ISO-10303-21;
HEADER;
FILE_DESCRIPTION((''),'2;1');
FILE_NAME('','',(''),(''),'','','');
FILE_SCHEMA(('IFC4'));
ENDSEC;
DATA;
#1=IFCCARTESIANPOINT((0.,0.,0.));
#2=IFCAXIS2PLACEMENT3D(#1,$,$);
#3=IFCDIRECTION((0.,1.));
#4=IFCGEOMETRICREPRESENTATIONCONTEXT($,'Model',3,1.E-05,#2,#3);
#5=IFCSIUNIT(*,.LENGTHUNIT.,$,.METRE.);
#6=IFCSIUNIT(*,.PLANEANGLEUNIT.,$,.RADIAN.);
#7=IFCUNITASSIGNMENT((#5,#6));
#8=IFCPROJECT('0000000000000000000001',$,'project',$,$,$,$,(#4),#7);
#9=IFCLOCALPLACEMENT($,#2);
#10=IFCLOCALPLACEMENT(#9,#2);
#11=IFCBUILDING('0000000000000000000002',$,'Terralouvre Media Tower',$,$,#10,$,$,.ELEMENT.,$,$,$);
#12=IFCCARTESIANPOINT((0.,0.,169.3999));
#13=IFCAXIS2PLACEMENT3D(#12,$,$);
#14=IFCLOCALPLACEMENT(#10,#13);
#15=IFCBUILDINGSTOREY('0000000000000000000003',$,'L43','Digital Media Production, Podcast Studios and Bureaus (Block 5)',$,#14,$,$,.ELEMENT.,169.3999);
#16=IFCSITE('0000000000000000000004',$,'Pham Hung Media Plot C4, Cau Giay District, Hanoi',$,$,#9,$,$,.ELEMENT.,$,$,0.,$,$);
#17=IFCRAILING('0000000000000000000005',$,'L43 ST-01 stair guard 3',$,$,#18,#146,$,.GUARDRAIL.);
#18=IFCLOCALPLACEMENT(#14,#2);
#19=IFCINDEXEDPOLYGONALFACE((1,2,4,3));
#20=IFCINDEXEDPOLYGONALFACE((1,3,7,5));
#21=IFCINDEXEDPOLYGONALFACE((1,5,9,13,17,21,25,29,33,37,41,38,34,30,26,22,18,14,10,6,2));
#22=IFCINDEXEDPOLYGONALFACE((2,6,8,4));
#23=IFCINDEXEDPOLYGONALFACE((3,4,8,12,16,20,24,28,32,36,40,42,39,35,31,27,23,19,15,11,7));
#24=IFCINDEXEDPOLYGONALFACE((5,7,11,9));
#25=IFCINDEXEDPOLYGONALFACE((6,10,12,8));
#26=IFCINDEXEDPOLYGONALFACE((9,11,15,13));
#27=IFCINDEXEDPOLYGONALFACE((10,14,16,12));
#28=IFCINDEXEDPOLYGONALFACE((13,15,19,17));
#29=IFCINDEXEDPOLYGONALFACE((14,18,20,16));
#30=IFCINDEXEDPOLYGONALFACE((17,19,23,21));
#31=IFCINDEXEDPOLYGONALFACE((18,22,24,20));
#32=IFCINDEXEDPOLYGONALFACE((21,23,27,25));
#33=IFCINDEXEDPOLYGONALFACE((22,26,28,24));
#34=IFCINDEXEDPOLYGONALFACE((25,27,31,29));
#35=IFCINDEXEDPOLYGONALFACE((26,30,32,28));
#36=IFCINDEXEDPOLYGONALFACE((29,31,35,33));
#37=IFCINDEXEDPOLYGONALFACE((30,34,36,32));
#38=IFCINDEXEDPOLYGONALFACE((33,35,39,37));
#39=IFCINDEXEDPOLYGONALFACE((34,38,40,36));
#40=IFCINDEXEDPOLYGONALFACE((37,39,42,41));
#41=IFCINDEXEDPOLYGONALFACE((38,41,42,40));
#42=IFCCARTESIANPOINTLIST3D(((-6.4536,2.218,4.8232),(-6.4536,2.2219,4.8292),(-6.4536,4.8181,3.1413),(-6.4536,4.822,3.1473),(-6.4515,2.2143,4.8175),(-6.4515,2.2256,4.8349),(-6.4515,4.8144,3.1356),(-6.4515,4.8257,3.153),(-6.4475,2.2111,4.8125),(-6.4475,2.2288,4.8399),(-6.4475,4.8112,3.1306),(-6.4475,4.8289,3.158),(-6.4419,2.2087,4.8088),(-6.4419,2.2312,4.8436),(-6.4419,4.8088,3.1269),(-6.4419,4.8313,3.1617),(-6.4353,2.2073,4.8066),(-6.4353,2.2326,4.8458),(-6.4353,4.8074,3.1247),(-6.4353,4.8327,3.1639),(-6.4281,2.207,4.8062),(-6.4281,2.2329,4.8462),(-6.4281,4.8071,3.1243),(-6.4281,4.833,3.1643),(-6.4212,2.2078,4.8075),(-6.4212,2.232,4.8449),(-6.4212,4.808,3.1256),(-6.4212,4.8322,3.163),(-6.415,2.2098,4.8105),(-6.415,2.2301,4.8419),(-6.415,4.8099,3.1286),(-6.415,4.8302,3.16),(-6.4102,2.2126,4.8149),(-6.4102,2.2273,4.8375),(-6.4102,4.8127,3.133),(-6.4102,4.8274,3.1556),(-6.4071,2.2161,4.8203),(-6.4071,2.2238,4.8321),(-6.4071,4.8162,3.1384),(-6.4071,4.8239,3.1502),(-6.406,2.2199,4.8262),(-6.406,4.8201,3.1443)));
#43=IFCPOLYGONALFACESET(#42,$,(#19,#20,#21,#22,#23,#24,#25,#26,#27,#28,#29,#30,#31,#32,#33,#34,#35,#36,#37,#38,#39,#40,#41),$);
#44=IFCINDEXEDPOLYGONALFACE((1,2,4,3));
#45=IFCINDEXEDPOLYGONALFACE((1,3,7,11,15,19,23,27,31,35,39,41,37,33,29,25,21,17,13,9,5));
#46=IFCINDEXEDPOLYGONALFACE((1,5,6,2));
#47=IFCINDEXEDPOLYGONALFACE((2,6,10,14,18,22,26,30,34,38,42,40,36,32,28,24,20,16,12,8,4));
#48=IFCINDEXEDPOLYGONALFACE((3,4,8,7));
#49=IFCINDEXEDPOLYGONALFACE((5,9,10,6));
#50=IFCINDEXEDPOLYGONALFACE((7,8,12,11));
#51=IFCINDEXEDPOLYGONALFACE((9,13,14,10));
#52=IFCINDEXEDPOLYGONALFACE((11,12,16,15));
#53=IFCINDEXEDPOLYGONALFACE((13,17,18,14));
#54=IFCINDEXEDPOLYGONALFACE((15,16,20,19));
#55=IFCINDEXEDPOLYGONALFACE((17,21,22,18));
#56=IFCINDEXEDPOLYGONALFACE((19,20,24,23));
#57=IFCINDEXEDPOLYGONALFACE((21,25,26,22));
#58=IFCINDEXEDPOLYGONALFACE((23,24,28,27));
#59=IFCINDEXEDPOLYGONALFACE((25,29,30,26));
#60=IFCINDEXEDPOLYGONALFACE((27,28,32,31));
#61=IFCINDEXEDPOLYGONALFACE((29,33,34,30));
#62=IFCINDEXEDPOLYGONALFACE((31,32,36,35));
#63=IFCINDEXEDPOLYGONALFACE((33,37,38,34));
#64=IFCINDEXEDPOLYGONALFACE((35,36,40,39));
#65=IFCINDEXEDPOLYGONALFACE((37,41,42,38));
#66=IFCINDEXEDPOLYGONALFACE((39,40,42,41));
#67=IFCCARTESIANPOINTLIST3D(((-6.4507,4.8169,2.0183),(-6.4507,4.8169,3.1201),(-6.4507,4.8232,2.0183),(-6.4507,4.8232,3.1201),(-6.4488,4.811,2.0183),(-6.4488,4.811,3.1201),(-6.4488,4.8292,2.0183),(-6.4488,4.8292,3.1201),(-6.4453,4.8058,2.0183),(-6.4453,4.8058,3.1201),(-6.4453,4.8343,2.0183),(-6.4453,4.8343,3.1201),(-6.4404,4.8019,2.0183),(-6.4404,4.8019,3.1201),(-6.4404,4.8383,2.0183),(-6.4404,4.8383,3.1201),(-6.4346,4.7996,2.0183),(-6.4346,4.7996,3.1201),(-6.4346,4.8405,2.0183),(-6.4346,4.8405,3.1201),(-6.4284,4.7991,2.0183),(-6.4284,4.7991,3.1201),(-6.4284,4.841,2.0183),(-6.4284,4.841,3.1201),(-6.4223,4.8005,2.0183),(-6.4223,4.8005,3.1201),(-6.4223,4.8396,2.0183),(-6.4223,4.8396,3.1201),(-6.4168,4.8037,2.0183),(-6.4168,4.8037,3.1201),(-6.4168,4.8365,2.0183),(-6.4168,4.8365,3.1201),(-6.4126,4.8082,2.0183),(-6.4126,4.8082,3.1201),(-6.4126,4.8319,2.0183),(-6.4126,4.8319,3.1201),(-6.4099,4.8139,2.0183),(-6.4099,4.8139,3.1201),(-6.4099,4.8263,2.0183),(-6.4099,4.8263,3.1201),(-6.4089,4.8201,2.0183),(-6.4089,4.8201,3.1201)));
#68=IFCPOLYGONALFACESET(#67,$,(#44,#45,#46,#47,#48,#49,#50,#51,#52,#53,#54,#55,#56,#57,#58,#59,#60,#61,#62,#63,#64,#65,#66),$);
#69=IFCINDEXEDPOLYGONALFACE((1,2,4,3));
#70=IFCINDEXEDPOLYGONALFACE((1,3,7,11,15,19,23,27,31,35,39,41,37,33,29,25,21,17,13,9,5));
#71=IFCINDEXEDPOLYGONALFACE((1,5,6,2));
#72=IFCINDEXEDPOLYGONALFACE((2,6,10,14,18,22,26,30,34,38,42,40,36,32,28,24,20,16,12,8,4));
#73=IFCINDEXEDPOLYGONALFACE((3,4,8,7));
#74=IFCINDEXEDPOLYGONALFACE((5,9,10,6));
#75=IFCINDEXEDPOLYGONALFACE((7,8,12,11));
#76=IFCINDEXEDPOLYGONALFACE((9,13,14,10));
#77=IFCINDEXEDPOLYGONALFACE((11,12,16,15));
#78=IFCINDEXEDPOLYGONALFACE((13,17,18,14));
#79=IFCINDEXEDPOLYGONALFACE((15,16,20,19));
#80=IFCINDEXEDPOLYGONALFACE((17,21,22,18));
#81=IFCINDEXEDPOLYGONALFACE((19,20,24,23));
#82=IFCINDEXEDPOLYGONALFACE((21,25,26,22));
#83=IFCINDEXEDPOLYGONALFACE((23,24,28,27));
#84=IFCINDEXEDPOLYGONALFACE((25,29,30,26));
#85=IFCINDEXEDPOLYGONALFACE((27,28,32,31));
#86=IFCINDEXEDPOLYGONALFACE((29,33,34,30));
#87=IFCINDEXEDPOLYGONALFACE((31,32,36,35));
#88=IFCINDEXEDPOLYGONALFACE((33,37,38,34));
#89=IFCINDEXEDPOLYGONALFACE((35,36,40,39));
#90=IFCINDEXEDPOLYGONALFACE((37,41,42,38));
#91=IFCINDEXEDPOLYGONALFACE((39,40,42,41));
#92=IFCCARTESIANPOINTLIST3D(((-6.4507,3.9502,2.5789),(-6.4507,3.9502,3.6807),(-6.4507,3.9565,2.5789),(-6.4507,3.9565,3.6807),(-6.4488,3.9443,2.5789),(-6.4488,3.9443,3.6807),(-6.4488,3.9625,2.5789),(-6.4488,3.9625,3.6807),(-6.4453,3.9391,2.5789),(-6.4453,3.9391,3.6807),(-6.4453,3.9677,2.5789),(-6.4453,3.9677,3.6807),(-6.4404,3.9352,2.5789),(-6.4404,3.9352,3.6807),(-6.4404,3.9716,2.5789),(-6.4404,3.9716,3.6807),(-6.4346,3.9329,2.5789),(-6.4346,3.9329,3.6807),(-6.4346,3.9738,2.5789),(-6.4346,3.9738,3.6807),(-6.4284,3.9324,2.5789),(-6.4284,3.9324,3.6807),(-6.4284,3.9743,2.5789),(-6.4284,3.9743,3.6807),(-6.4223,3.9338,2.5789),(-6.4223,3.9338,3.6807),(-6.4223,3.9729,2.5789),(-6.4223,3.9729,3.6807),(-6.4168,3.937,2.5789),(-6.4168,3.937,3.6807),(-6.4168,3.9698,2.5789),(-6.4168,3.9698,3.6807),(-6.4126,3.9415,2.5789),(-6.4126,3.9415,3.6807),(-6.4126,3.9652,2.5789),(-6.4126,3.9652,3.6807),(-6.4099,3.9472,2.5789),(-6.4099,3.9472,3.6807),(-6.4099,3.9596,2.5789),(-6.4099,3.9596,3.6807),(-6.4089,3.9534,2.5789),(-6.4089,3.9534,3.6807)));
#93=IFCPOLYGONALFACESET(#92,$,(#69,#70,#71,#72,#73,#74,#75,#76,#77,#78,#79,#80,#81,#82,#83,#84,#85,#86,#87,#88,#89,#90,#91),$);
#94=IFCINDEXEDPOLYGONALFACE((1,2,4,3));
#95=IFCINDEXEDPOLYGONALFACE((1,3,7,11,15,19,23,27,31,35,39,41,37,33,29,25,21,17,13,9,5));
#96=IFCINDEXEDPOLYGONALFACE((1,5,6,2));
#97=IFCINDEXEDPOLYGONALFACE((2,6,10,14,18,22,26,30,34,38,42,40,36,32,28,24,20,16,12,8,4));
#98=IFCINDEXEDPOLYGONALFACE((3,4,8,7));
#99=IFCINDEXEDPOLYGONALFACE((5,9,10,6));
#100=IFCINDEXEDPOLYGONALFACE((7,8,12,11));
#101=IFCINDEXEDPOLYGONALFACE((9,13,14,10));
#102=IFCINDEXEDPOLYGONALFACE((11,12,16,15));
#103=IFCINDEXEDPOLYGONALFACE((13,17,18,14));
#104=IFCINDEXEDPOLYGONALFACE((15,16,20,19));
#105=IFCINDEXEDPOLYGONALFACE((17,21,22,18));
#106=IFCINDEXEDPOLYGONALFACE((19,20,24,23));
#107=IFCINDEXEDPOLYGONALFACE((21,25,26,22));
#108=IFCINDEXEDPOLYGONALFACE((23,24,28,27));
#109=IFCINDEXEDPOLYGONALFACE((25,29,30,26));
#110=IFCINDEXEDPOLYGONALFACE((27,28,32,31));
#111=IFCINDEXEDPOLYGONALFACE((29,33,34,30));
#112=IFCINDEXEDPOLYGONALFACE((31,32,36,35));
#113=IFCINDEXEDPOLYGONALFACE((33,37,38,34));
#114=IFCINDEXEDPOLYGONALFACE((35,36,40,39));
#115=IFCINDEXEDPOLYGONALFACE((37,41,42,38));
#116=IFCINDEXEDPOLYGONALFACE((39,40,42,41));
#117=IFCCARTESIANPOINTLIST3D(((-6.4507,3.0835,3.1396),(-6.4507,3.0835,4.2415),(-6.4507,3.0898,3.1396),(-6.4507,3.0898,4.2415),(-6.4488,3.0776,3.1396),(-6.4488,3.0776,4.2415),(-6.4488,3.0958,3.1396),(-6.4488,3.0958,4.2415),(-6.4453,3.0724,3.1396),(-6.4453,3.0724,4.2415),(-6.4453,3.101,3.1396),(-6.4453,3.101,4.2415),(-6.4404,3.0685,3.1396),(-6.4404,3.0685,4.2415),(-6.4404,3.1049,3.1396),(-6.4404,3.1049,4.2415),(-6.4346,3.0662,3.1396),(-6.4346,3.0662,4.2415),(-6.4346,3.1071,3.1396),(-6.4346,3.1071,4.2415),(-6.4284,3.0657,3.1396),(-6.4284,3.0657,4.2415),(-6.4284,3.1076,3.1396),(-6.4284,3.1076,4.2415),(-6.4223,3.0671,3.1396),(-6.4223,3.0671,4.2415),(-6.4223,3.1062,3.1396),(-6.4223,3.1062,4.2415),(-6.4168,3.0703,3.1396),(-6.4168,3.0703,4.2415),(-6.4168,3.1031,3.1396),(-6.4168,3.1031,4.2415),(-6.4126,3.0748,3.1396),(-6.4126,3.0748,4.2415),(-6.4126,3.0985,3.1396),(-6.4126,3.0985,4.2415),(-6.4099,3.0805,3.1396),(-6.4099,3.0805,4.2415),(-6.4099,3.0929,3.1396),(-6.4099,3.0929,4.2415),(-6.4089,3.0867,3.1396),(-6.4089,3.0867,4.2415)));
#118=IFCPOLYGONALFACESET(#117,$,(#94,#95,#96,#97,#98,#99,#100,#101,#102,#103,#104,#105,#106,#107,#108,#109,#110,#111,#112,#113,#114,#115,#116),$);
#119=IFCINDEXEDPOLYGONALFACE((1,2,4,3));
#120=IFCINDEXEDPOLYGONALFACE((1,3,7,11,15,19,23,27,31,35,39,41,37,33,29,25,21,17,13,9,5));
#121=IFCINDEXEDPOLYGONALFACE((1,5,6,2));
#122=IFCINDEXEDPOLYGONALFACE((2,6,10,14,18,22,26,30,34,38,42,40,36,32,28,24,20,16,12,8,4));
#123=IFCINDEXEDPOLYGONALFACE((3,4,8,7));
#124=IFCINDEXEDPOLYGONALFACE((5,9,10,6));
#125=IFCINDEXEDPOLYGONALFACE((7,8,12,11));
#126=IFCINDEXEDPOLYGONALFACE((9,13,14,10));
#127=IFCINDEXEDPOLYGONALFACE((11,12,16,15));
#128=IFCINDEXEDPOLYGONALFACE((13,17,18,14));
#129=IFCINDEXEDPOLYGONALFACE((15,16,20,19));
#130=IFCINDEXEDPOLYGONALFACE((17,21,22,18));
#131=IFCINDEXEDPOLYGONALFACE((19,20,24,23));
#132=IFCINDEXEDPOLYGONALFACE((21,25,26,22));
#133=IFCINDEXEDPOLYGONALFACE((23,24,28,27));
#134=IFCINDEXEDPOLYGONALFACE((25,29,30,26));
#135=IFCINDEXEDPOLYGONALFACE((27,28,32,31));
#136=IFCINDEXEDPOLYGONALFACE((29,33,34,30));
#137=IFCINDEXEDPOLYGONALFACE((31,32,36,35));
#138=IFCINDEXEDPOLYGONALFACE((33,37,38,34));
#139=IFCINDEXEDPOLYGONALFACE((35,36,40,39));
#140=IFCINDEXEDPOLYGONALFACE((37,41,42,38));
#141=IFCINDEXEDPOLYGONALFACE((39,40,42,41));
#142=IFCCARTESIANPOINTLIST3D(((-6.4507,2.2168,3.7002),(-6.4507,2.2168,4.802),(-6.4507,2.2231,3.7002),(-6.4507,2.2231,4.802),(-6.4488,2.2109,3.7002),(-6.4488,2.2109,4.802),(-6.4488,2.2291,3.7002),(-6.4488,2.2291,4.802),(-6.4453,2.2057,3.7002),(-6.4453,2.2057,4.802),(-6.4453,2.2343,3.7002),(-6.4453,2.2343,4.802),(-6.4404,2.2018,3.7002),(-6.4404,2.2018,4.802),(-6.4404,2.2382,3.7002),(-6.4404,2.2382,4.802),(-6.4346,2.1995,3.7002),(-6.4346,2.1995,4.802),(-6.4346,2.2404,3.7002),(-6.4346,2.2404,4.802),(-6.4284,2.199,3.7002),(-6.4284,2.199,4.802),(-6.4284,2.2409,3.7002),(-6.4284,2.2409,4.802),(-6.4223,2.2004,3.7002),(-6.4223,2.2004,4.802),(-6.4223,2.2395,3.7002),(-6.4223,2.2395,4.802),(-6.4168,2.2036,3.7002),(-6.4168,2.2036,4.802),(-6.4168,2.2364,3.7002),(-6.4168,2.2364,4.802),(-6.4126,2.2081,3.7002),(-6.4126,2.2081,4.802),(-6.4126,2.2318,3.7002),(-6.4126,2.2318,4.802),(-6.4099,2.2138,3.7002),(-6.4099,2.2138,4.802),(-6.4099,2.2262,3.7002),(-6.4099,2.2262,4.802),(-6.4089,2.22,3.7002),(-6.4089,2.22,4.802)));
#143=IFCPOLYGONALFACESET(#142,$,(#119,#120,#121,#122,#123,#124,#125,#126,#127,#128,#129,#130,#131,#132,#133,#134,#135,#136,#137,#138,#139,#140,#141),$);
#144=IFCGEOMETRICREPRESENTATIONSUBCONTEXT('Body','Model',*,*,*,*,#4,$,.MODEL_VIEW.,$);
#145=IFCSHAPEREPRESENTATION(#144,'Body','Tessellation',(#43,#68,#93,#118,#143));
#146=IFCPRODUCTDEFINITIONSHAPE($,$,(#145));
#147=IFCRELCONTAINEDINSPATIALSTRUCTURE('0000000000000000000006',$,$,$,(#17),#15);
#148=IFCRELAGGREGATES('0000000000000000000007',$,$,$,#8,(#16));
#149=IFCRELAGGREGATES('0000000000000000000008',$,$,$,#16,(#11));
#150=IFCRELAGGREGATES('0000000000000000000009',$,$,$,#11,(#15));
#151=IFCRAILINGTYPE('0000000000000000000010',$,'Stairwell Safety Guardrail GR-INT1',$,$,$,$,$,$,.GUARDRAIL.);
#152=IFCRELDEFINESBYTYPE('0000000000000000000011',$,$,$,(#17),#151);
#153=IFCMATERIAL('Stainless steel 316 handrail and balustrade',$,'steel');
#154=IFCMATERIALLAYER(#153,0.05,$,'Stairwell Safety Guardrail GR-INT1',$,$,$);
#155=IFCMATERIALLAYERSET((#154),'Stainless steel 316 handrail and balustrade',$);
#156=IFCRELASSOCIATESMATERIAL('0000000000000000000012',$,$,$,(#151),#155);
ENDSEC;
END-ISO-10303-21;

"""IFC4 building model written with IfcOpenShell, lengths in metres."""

from ifc_helpers import new_model, si_unit, direction, frame, origin, origin_2d, place, context, subcontext, project, spatial, circle, extrude, material, layer, layer_set, type_object, element, save


model = new_model("IFC4")

# Units and contexts
model_context = context("Model", 3, precision=1e-05, world=origin(), true_north=direction((0.0, 1.0)))
body_context = subcontext(model_context, "Body", "Model", "MODEL_VIEW")
ifc_project = project(units=[si_unit("LENGTHUNIT", "METRE"), si_unit("PLANEANGLEUNIT", "RADIAN")], contexts=[model_context])

# Site, building, storey
site_placement = place(None, origin())
site = spatial("IfcSite", under=ifc_project, at=site_placement, Name="Pham Hung Media Plot C4, Cau Giay District, Hanoi", CompositionType="ELEMENT", RefElevation=0.0)
building_placement = place(site_placement, origin())
building = spatial("IfcBuilding", under=site, at=building_placement, Name="Terralouvre Media Tower", CompositionType="ELEMENT")
storey_placement = place(building_placement, frame((0.0, 0.0, 169.3999)))
storey = spatial("IfcBuildingStorey", under=building, at=storey_placement, Name="L43", Description="Digital Media Production, Podcast Studios and Bureaus (Block 5)", CompositionType="ELEMENT", Elevation=169.3999)

# Railing
ifc_material_1 = material(Name="Stainless steel 316 handrail and balustrade", Category="steel")
ifc_layer_1 = layer(ifc_material_1, 0.05, Name="Stairwell Safety Guardrail GR-INT1")
ifc_layer_set_1 = layer_set([ifc_layer_1], Name="Stainless steel 316 handrail and balustrade")
railing_type_1 = type_object("IfcRailingType", Name="Stairwell Safety Guardrail GR-INT1", PredefinedType="GUARDRAIL", material=ifc_layer_set_1)
railing_1_placement = place(storey_placement, frame((-6.4299, 4.8201, 2.0183)))
element("IfcRailing", 1, at=railing_1_placement, inside=storey, type_object=railing_type_1, Name="L43 ST-01 stair guard 3", PredefinedType="GUARDRAIL", context=body_context, shape_type="SweptSolid", body=[
    extrude(circle(Radius=0.0239, at=origin_2d()), frame((0.0, 0.0, 1.126), z_axis=(0.0, -0.839648, 0.54313), x_axis=(1.0, 0.0, 0.0)), (0.0, 0.0, 1.0), 3.0967),
    extrude(circle(Radius=0.021, at=origin_2d()), origin(), (0.0, 0.0, 1.0), 1.1018),
    extrude(circle(Radius=0.021, at=origin_2d()), frame((0.0, -0.8667, 0.5605)), (0.0, 0.0, 1.0), 1.1018),
    extrude(circle(Radius=0.021, at=origin_2d()), frame((0.0, -1.7334, 1.1213)), (0.0, 0.0, 1.0), 1.1018),
    extrude(circle(Radius=0.021, at=origin_2d()), frame((0.0, -2.6001, 1.6819)), (0.0, 0.0, 1.0), 1.1018),
])

save(model, "model.ifc")
